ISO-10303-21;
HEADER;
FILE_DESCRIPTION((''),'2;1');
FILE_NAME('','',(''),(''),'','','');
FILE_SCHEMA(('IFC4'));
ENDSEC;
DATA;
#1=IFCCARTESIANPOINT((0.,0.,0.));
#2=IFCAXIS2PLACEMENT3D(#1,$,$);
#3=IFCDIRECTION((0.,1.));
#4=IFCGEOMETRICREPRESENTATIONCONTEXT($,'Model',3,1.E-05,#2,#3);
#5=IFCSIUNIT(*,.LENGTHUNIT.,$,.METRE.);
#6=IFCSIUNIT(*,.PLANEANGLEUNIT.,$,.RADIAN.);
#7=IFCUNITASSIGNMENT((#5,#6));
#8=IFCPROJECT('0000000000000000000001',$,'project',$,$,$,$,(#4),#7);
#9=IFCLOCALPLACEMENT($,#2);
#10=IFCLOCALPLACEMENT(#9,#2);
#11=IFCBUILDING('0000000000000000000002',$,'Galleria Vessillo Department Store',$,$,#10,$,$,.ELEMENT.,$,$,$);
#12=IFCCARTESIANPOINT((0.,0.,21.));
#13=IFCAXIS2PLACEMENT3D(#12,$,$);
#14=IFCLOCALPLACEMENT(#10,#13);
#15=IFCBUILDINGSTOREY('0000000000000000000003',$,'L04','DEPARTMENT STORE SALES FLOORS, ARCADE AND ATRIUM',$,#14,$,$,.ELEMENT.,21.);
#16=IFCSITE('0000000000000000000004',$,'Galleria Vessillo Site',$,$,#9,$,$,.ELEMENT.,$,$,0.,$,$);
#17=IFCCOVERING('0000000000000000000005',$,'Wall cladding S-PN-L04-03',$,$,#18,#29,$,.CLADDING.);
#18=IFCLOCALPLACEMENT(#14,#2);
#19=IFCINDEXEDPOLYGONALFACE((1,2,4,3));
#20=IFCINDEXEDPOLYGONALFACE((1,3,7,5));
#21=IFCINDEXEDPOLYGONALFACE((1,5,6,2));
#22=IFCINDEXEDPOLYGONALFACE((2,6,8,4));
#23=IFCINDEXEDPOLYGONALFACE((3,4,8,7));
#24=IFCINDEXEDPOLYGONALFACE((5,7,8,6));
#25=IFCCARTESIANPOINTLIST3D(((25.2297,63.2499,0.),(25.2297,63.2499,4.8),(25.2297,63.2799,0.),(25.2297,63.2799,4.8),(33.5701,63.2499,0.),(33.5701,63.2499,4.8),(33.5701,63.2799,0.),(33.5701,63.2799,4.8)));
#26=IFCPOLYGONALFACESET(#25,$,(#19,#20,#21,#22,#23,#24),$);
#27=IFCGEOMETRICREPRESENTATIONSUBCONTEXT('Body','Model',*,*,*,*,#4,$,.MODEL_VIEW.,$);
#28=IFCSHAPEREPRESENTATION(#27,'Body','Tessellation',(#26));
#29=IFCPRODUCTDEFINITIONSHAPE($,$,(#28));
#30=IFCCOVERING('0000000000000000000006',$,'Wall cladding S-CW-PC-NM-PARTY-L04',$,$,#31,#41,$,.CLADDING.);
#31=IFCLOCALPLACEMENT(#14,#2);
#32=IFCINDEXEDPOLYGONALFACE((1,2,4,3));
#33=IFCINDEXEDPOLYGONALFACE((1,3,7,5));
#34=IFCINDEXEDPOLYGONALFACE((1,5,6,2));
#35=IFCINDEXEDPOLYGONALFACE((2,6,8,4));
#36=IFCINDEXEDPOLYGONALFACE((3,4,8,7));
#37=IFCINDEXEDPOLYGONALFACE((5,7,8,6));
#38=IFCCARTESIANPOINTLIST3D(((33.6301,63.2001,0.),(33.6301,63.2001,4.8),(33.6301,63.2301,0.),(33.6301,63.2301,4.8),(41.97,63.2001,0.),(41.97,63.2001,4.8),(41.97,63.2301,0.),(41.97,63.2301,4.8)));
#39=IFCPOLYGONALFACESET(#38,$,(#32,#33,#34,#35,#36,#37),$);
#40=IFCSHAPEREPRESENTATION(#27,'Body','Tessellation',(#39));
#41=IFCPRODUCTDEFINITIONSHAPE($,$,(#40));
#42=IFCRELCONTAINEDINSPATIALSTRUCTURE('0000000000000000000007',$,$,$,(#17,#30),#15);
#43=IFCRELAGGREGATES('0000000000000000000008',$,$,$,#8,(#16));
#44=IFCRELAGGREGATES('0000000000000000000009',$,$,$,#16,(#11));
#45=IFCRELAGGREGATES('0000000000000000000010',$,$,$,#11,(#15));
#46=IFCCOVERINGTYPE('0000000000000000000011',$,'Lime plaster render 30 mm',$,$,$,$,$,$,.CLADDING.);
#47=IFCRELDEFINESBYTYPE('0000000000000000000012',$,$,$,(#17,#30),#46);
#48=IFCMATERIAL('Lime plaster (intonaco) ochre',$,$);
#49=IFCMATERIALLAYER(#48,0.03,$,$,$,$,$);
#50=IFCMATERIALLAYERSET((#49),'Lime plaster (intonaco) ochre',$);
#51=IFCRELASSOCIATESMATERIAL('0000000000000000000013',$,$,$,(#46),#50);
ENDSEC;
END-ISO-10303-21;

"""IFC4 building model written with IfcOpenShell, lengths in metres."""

from ifc_helpers import new_model, si_unit, direction, frame, origin, origin_2d, place, context, subcontext, project, spatial, rectangle, extrude, material, layer, layer_set, type_object, element, save


model = new_model("IFC4")

# Units and contexts
model_context = context("Model", 3, precision=1e-05, world=origin(), true_north=direction((0.0, 1.0)))
body_context = subcontext(model_context, "Body", "Model", "MODEL_VIEW")
ifc_project = project(units=[si_unit("LENGTHUNIT", "METRE"), si_unit("PLANEANGLEUNIT", "RADIAN")], contexts=[model_context])

# Site, building, storey
site_placement = place(None, origin())
site = spatial("IfcSite", under=ifc_project, at=site_placement, Name="Galleria Vessillo Site", CompositionType="ELEMENT", RefElevation=0.0)
building_placement = place(site_placement, origin())
building = spatial("IfcBuilding", under=site, at=building_placement, Name="Galleria Vessillo Department Store", CompositionType="ELEMENT")
storey_placement = place(building_placement, frame((0.0, 0.0, 21.0)))
storey = spatial("IfcBuildingStorey", under=building, at=storey_placement, Name="L04", Description="DEPARTMENT STORE SALES FLOORS, ARCADE AND ATRIUM", CompositionType="ELEMENT", Elevation=21.0)

# Coverings
ifc_material_1 = material(Name="Lime plaster (intonaco) ochre")
ifc_layer_1 = layer(ifc_material_1, 0.03)
ifc_layer_set_1 = layer_set([ifc_layer_1], Name="Lime plaster (intonaco) ochre")
covering_type = type_object("IfcCoveringType", Name="Lime plaster render 30 mm", PredefinedType="CLADDING", material=ifc_layer_set_1)
covering_1_placement = place(storey_placement, frame((29.3999, 63.2649, 0.0), z_axis=(0.0, 0.0, 1.0), x_axis=(1.0, 0.0, 0.0)))
element("IfcCovering", 1, at=covering_1_placement, inside=storey, type_object=covering_type, Name="Wall cladding S-PN-L04-03", PredefinedType="CLADDING", context=body_context, shape_type="SweptSolid", body=[
    extrude(rectangle(XDim=8.3403, YDim=0.03, at=origin_2d()), origin(), (0.0, 0.0, 1.0), 4.8),
])
covering_2_placement = place(storey_placement, frame((37.8, 63.2151, 0.0), z_axis=(0.0, 0.0, 1.0), x_axis=(1.0, 0.0, 0.0)))
element("IfcCovering", 2, at=covering_2_placement, inside=storey, type_object=covering_type, Name="Wall cladding S-CW-PC-NM-PARTY-L04", PredefinedType="CLADDING", context=body_context, shape_type="SweptSolid", body=[
    extrude(rectangle(XDim=8.3398, YDim=0.03, at=origin_2d()), origin(), (0.0, 0.0, 1.0), 4.8),
])

save(model, "model.ifc")
